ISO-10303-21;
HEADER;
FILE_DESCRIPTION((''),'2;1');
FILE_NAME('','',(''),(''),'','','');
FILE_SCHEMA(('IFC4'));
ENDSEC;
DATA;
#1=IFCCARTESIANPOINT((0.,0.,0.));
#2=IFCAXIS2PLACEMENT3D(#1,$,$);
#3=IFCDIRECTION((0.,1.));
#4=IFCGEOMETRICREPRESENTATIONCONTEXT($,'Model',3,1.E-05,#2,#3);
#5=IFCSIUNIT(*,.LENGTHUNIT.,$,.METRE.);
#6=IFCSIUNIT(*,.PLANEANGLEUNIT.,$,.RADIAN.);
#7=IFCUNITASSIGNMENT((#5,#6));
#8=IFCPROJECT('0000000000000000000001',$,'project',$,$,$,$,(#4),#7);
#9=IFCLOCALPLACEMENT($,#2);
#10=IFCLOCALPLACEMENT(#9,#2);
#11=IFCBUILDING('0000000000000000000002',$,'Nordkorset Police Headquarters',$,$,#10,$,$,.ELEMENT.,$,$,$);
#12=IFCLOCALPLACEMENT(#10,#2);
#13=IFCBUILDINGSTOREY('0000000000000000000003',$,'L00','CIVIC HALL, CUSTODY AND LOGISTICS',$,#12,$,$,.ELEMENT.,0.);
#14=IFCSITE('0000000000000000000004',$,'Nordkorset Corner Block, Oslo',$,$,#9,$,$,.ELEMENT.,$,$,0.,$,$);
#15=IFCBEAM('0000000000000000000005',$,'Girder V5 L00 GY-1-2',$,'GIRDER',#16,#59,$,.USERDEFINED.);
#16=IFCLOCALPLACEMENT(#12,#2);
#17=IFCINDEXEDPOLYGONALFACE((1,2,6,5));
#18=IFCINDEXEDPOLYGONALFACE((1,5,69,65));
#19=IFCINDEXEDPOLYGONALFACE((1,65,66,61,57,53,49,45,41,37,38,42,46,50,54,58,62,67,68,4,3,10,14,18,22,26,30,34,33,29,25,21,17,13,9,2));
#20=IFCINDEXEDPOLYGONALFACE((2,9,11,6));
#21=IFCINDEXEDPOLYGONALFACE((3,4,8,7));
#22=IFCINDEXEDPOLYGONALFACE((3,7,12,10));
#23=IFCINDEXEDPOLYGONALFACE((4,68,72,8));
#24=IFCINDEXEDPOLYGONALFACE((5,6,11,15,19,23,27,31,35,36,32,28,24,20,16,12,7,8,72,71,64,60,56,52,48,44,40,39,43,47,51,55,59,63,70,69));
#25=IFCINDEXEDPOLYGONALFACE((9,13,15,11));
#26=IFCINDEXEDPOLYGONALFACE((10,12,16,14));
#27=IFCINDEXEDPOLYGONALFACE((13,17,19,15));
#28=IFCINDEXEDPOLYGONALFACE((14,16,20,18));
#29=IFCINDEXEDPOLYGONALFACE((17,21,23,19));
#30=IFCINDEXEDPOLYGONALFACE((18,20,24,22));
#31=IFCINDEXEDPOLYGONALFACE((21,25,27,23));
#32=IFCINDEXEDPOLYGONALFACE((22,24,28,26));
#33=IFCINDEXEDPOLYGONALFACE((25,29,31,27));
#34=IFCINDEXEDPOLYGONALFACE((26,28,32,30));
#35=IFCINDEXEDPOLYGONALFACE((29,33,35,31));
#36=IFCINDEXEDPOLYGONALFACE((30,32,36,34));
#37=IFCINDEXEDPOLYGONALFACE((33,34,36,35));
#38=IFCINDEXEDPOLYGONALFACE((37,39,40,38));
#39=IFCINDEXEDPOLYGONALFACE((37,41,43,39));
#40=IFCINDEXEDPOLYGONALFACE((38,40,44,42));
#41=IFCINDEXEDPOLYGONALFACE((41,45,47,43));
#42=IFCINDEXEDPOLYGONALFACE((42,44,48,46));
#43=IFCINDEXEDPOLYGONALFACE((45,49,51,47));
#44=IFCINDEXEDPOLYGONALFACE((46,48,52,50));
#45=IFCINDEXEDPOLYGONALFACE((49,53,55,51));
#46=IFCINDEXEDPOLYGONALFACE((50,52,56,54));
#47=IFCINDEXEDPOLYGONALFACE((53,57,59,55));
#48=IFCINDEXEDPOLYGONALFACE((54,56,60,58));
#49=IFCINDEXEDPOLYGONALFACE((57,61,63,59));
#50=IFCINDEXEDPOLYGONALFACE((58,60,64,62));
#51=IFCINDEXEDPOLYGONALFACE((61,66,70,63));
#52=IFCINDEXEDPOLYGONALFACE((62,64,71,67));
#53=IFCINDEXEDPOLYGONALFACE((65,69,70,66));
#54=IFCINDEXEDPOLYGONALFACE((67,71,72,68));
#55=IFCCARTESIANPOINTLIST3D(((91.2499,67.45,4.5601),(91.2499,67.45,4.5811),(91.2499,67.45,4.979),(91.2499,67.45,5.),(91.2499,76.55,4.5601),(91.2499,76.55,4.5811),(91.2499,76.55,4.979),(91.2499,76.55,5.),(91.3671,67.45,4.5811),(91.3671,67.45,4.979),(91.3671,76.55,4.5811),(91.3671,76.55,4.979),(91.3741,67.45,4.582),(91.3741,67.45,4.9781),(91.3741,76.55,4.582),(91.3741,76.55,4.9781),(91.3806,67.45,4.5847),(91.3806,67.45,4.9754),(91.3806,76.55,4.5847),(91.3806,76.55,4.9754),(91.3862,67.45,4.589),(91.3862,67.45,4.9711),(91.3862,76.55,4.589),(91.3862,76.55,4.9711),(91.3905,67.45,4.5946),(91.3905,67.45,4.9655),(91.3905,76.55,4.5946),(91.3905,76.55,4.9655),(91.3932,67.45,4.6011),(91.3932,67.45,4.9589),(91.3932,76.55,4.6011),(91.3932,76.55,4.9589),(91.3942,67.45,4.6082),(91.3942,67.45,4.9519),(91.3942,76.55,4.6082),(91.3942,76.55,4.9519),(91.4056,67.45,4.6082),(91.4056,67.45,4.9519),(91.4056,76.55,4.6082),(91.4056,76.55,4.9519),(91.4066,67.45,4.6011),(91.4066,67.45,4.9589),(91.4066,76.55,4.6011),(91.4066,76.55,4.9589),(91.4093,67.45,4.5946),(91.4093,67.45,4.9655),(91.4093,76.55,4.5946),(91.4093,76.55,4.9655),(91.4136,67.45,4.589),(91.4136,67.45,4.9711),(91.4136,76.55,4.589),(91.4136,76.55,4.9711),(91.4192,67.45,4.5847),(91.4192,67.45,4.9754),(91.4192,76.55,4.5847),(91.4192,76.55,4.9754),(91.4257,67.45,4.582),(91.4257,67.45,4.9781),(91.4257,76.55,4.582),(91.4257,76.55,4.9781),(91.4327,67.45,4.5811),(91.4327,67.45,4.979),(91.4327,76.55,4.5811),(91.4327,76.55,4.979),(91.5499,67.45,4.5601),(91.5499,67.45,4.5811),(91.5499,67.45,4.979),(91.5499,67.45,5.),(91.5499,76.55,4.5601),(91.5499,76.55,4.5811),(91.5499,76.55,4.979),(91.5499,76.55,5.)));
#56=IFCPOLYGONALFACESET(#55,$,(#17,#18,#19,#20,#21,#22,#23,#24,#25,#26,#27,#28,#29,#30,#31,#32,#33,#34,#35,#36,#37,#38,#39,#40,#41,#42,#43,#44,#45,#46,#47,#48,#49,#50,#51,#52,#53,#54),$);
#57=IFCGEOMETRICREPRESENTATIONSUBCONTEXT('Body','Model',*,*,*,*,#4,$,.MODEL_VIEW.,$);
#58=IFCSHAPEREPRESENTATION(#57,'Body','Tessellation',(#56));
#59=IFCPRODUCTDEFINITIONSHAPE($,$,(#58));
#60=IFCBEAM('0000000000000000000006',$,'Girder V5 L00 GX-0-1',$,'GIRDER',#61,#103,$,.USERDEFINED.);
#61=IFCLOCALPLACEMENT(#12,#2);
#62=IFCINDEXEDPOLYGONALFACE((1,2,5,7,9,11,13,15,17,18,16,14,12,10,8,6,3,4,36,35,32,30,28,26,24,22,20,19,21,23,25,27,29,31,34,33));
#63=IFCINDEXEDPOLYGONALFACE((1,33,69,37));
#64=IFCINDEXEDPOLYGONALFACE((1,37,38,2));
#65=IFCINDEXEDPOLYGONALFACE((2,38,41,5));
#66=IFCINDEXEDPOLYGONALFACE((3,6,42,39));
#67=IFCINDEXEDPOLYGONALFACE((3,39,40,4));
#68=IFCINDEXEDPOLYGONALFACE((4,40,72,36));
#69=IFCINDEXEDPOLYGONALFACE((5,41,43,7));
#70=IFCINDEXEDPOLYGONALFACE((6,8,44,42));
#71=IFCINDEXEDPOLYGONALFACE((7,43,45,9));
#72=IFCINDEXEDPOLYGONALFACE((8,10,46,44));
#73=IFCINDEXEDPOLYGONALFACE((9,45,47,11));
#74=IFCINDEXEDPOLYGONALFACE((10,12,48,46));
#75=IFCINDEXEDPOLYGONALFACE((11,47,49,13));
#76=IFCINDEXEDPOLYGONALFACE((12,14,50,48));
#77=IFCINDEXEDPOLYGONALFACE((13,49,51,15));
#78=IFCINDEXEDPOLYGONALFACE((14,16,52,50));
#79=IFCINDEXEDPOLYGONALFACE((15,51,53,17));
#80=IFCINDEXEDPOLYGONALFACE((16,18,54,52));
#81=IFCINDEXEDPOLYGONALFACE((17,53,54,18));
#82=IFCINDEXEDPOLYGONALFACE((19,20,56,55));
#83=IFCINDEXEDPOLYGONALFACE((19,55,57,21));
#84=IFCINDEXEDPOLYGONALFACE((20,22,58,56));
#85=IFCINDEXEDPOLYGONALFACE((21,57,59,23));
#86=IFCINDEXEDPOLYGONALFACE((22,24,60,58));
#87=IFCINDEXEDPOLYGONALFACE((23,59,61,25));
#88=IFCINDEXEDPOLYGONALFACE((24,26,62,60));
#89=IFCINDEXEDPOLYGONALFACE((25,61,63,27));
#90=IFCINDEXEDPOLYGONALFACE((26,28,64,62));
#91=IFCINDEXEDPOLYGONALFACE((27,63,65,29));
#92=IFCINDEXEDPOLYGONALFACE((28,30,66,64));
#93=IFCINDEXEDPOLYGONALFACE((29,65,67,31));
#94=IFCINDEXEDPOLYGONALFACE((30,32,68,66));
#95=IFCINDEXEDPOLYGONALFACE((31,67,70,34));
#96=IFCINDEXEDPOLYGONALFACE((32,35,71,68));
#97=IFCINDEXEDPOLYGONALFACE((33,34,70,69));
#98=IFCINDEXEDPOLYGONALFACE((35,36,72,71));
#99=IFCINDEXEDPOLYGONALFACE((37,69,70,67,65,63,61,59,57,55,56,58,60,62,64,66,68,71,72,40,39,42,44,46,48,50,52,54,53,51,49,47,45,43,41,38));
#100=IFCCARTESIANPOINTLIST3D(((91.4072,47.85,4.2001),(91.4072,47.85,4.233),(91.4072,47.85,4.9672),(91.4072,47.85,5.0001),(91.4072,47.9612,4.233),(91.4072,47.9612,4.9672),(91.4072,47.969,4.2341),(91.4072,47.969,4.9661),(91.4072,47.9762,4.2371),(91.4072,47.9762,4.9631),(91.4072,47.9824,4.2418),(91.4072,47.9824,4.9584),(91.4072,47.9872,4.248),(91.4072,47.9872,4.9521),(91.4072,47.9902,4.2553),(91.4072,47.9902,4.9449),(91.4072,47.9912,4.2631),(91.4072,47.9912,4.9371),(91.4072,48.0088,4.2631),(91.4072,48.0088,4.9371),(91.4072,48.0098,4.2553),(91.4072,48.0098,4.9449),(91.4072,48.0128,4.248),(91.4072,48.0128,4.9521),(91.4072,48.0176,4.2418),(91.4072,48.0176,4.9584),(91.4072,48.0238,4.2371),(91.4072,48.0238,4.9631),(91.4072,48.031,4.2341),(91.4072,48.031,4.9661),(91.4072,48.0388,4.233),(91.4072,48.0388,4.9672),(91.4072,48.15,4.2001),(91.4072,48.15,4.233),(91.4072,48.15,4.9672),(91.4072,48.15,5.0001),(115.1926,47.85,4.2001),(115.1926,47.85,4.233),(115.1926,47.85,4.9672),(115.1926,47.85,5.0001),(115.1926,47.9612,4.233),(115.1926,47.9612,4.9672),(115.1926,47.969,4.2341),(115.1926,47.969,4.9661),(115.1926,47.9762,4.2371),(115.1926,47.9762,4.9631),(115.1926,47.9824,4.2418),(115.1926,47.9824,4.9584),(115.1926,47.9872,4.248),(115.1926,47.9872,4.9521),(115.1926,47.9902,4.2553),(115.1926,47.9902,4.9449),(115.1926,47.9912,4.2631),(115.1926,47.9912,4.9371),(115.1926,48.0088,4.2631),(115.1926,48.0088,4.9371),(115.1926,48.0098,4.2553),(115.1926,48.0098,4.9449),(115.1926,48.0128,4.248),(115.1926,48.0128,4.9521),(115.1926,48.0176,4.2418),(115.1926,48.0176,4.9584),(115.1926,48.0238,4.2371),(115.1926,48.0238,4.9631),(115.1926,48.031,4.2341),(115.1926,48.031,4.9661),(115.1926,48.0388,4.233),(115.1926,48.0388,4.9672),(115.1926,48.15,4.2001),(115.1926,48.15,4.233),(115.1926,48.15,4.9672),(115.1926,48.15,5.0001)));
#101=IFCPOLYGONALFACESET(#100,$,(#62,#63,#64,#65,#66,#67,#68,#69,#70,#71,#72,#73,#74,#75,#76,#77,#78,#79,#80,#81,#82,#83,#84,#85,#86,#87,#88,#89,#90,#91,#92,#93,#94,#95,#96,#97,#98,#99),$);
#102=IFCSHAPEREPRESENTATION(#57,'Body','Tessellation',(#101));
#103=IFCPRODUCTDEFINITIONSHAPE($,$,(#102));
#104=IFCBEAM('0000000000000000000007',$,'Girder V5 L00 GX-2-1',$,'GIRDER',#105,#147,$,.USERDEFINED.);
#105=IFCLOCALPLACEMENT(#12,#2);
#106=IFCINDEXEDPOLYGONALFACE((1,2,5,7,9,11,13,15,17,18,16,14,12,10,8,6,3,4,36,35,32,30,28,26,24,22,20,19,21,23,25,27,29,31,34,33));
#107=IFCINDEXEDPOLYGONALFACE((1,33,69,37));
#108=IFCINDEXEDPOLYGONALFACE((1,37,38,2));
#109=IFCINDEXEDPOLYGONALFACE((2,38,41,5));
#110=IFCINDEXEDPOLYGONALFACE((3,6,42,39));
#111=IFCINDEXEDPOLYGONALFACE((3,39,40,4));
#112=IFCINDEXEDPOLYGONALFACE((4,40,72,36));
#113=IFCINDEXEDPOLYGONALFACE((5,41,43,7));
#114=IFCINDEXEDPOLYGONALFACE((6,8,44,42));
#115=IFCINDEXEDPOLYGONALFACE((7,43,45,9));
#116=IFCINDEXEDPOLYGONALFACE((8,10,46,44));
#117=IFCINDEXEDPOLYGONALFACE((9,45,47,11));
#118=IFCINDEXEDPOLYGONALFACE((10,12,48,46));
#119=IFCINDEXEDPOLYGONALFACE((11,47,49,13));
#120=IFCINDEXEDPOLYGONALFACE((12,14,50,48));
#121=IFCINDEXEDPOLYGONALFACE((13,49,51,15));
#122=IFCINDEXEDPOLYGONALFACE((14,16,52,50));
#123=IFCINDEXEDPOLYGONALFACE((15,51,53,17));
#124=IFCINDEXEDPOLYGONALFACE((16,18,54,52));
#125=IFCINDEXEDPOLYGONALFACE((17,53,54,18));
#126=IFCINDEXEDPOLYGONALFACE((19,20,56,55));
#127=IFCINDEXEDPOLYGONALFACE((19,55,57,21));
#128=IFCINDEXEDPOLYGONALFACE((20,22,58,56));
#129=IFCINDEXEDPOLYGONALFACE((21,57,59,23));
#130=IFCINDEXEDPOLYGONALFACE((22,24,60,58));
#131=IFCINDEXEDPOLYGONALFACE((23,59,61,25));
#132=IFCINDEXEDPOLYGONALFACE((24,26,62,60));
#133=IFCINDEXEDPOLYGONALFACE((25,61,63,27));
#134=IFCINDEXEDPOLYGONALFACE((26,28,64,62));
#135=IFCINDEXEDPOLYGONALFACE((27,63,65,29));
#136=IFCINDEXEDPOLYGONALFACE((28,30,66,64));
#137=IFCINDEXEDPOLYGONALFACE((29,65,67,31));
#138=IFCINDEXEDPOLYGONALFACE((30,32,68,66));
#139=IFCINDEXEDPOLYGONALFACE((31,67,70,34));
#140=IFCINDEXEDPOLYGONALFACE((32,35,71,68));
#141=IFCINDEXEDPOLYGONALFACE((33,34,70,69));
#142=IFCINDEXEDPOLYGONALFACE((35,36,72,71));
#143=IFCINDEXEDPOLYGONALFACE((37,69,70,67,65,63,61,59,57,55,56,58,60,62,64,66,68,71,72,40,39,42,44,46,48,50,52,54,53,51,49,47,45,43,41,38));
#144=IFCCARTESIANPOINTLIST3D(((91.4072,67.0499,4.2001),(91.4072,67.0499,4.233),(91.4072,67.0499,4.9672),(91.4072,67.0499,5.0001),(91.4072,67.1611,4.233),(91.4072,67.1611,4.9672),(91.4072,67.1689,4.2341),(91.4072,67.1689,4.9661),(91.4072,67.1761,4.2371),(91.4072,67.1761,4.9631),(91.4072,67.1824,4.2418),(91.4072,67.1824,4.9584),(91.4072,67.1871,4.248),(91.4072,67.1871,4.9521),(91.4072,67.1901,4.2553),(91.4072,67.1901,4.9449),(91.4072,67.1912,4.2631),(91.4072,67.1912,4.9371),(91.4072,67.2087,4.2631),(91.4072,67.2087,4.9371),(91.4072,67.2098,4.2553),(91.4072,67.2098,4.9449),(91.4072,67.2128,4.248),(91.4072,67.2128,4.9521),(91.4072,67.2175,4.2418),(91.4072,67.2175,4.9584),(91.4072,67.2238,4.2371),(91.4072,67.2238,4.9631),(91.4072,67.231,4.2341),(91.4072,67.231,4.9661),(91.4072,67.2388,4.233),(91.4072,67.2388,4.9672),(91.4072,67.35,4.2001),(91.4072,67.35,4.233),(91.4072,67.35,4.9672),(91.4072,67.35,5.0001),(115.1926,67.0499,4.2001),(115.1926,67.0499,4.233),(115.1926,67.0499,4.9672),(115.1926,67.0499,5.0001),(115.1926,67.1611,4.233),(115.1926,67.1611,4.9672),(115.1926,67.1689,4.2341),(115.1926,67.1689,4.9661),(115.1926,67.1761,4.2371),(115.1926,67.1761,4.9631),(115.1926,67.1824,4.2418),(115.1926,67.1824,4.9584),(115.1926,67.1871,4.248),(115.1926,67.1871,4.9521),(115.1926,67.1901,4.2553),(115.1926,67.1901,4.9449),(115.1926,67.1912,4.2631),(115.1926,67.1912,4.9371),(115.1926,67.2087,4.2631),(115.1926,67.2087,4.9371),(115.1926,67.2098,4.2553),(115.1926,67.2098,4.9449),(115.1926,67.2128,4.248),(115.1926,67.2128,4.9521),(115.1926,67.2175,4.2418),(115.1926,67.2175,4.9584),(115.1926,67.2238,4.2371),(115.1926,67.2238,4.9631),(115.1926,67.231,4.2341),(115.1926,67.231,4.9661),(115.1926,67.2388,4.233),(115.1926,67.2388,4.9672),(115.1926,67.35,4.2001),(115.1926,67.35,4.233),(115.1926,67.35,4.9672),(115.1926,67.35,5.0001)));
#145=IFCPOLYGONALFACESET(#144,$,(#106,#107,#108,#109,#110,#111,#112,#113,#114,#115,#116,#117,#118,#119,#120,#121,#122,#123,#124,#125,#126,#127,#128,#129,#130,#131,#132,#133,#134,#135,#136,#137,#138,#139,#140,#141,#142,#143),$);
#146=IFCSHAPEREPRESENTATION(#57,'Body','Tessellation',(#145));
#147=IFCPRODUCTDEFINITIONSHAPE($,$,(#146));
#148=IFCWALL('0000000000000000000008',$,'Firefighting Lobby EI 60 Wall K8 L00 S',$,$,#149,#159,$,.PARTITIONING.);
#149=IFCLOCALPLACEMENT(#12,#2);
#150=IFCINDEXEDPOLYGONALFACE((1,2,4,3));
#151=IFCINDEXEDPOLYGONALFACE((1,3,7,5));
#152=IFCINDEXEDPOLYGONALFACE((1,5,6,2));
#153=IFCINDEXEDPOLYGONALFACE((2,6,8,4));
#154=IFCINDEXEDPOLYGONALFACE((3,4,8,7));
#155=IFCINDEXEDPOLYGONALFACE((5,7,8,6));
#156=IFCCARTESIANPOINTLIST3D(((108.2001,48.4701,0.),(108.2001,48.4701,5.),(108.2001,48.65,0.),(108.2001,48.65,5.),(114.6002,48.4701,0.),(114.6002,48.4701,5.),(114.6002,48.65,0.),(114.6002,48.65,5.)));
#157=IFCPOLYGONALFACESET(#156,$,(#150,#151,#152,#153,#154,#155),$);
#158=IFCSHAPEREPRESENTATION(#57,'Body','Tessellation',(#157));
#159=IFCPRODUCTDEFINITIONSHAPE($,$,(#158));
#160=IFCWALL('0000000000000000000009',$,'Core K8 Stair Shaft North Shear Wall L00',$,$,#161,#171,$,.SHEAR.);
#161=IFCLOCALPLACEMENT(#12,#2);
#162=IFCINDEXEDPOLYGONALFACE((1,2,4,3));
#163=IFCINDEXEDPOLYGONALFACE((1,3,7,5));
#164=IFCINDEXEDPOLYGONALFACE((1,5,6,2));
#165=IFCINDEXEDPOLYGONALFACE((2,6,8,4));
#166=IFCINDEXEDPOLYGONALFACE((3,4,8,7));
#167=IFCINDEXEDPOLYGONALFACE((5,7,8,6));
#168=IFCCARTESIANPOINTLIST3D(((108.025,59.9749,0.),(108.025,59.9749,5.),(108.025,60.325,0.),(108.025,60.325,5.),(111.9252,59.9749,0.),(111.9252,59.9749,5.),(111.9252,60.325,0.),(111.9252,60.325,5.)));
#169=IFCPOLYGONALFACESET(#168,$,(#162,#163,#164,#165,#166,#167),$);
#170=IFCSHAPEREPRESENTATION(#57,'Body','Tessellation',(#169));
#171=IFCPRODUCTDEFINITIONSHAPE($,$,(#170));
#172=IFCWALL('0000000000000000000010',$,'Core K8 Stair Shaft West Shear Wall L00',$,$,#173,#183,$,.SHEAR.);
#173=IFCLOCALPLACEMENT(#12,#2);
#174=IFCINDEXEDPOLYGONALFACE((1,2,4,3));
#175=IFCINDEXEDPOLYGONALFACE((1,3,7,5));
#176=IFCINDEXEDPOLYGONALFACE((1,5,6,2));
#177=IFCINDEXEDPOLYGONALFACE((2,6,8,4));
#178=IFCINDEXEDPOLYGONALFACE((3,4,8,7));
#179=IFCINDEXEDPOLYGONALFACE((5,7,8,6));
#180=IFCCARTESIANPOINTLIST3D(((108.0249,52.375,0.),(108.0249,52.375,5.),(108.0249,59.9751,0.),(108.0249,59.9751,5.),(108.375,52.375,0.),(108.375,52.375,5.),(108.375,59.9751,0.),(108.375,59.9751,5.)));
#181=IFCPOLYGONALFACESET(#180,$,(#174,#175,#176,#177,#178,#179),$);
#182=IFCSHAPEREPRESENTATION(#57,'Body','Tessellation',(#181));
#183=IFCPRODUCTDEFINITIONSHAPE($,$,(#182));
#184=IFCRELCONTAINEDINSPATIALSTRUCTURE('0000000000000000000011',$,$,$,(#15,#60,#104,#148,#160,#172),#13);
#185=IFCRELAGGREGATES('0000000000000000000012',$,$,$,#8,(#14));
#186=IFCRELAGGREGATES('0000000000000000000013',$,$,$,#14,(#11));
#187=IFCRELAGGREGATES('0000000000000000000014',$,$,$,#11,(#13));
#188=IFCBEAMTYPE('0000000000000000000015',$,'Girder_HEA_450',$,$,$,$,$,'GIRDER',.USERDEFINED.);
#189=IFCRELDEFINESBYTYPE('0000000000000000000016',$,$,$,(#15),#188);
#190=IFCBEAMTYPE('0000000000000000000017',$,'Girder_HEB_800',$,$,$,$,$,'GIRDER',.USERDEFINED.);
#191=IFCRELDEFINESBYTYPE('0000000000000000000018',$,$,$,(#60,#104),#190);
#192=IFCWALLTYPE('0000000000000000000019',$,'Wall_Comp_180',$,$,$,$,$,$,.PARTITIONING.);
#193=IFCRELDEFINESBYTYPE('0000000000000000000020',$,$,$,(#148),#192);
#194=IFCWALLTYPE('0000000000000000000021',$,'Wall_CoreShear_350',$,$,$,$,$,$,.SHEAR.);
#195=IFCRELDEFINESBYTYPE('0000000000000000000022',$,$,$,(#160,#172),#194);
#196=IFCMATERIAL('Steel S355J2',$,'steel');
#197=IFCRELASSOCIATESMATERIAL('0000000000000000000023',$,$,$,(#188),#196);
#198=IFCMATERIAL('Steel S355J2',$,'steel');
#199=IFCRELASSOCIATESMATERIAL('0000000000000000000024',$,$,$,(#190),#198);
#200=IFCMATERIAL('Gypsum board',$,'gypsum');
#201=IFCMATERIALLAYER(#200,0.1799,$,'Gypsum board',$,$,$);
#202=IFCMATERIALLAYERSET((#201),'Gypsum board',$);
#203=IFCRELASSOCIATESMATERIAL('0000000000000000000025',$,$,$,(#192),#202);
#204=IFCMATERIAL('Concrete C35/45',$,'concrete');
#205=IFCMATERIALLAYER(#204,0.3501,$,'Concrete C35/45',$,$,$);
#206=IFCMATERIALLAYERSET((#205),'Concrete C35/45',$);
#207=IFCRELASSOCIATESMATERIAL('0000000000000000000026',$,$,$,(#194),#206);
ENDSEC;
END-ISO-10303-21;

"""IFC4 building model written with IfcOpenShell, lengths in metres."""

from ifc_helpers import new_model, si_unit, direction, frame, frame_2d, origin, origin_2d, place, context, subcontext, project, spatial, rectangle, i_section, extrude, material, layer, layer_set, material_profile, profile_set, type_object, element, save


model = new_model("IFC4")

# Units and contexts
model_context = context("Model", 3, precision=1e-05, world=origin(), true_north=direction((0.0, 1.0)))
body_context = subcontext(model_context, "Body", "Model", "MODEL_VIEW")
ifc_project = project(units=[si_unit("LENGTHUNIT", "METRE"), si_unit("PLANEANGLEUNIT", "RADIAN")], contexts=[model_context])

# Site, building, storey
site_placement = place(None, origin())
site = spatial("IfcSite", under=ifc_project, at=site_placement, Name="Nordkorset Corner Block, Oslo", CompositionType="ELEMENT", RefElevation=0.0)
building_placement = place(site_placement, origin())
building = spatial("IfcBuilding", under=site, at=building_placement, Name="Nordkorset Police Headquarters", CompositionType="ELEMENT")
storey_placement = place(building_placement, origin())
storey = spatial("IfcBuildingStorey", under=building, at=storey_placement, Name="L00", Description="CIVIC HALL, CUSTODY AND LOGISTICS", CompositionType="ELEMENT", Elevation=0.0)

# Beams
ifc_material_1 = material(Name="Steel S355J2", Category="steel")
ifc_material_profile_1 = material_profile(ifc_material_1, i_section(OverallWidth=0.3, OverallDepth=0.4399, WebThickness=0.0115, FlangeThickness=0.021, FilletRadius=0.0271, at=origin_2d()), Name="HEA 450")
ifc_profile_set_1 = profile_set([ifc_material_profile_1], Name="Steel S355J2")
beam_type_1 = type_object("IfcBeamType", Name="Girder_HEA_450", ElementType="GIRDER", PredefinedType="USERDEFINED", material=ifc_profile_set_1)
beam_placement = place(storey_placement, frame((91.3999, 67.45, 4.78), z_axis=(0.0, 1.0, 0.0), x_axis=(-1.0, 0.0, 0.0)))
element("IfcBeam", 1, at=beam_placement, inside=storey, type_object=beam_type_1, Name="Girder V5 L00 GY-1-2", ObjectType="GIRDER", PredefinedType="USERDEFINED", context=body_context, shape_type="SweptSolid", body=[
    extrude(i_section(OverallWidth=0.3, OverallDepth=0.4399, WebThickness=0.0115, FlangeThickness=0.021, FilletRadius=0.0271, at=origin_2d()), origin(), (0.0, 0.0, 1.0), 9.1001),
])
ifc_material_2 = material(Name="Steel S355J2", Category="steel")
ifc_material_profile_2 = material_profile(ifc_material_2, i_section(OverallWidth=0.3, OverallDepth=0.8, WebThickness=0.0176, FlangeThickness=0.033, FilletRadius=0.03, at=origin_2d()), Name="HEB 800")
ifc_profile_set_2 = profile_set([ifc_material_profile_2], Name="Steel S355J2")
beam_type_2 = type_object("IfcBeamType", Name="Girder_HEB_800", ElementType="GIRDER", PredefinedType="USERDEFINED", material=ifc_profile_set_2)
for number, where, z_axis, x_axis, name in (
    (2, (91.4072, 48.0, 4.6001), (1.0, 0.0, 0.0), (0.0, 1.0, 0.0), "Girder V5 L00 GX-0-1"),
    (3, (91.4072, 67.2, 4.6001), (1.0, 0.0, 0.0), (0.0, 1.0, 0.0), "Girder V5 L00 GX-2-1"),
):
    element("IfcBeam", number, at=place(storey_placement, frame(where, z_axis=z_axis, x_axis=x_axis)), inside=storey, type_object=beam_type_2, Name=name, ObjectType="GIRDER", PredefinedType="USERDEFINED", context=body_context, shape_type="SweptSolid", body=[
        extrude(i_section(OverallWidth=0.3, OverallDepth=0.8, WebThickness=0.0176, FlangeThickness=0.033, FilletRadius=0.03, at=origin_2d()), origin(), (0.0, 0.0, 1.0), 23.7854),
    ])

# Wall
ifc_material_3 = material(Name="Gypsum board", Category="gypsum")
ifc_layer_1 = layer(ifc_material_3, 0.1799, Name="Gypsum board")
ifc_layer_set_1 = layer_set([ifc_layer_1], Name="Gypsum board")
wall_type_1 = type_object("IfcWallType", Name="Wall_Comp_180", PredefinedType="PARTITIONING", material=ifc_layer_set_1)
wall_1_placement = place(storey_placement, frame((108.2, 48.5601, 0.0), z_axis=(0.0, 0.0, 1.0), x_axis=(1.0, 0.0, 0.0)))
element("IfcWall", 4, at=wall_1_placement, inside=storey, type_object=wall_type_1, Name="Firefighting Lobby EI 60 Wall K8 L00 S", PredefinedType="PARTITIONING", context=body_context, shape_type="SweptSolid", body=[
    extrude(rectangle(XDim=6.4001, YDim=0.1799, at=frame_2d((3.2002, 0.0))), origin(), (0.0, 0.0, 1.0), 5.0),
])

# Shared definitions
ifc_material_4 = material(Name="Concrete C35/45", Category="concrete")
ifc_layer_2 = layer(ifc_material_4, 0.3501, Name="Concrete C35/45")
ifc_layer_set_2 = layer_set([ifc_layer_2], Name="Concrete C35/45")
wall_type_2 = type_object("IfcWallType", Name="Wall_CoreShear_350", PredefinedType="SHEAR", material=ifc_layer_set_2)

# Walls
wall_2_placement = place(storey_placement, frame((108.0249, 60.1499, 0.0), z_axis=(0.0, 0.0, 1.0), x_axis=(1.0, 0.0, 0.0)))
element("IfcWall", 5, at=wall_2_placement, inside=storey, type_object=wall_type_2, Name="Core K8 Stair Shaft North Shear Wall L00", PredefinedType="SHEAR", context=body_context, shape_type="SweptSolid", body=[
    extrude(rectangle(XDim=3.9001, YDim=0.3501, at=frame_2d((1.9502, 0.0))), origin(), (0.0, 0.0, 1.0), 5.0),
])
wall_3_placement = place(storey_placement, frame((108.2, 52.375, 0.0), z_axis=(0.0, 0.0, 1.0), x_axis=(0.0, 1.0, 0.0)))
element("IfcWall", 6, at=wall_3_placement, inside=storey, type_object=wall_type_2, Name="Core K8 Stair Shaft West Shear Wall L00", PredefinedType="SHEAR", context=body_context, shape_type="SweptSolid", body=[
    extrude(rectangle(XDim=7.6001, YDim=0.3501, at=frame_2d((3.8, 0.0))), origin(), (0.0, 0.0, 1.0), 5.0),
])

save(model, "model.ifc")
